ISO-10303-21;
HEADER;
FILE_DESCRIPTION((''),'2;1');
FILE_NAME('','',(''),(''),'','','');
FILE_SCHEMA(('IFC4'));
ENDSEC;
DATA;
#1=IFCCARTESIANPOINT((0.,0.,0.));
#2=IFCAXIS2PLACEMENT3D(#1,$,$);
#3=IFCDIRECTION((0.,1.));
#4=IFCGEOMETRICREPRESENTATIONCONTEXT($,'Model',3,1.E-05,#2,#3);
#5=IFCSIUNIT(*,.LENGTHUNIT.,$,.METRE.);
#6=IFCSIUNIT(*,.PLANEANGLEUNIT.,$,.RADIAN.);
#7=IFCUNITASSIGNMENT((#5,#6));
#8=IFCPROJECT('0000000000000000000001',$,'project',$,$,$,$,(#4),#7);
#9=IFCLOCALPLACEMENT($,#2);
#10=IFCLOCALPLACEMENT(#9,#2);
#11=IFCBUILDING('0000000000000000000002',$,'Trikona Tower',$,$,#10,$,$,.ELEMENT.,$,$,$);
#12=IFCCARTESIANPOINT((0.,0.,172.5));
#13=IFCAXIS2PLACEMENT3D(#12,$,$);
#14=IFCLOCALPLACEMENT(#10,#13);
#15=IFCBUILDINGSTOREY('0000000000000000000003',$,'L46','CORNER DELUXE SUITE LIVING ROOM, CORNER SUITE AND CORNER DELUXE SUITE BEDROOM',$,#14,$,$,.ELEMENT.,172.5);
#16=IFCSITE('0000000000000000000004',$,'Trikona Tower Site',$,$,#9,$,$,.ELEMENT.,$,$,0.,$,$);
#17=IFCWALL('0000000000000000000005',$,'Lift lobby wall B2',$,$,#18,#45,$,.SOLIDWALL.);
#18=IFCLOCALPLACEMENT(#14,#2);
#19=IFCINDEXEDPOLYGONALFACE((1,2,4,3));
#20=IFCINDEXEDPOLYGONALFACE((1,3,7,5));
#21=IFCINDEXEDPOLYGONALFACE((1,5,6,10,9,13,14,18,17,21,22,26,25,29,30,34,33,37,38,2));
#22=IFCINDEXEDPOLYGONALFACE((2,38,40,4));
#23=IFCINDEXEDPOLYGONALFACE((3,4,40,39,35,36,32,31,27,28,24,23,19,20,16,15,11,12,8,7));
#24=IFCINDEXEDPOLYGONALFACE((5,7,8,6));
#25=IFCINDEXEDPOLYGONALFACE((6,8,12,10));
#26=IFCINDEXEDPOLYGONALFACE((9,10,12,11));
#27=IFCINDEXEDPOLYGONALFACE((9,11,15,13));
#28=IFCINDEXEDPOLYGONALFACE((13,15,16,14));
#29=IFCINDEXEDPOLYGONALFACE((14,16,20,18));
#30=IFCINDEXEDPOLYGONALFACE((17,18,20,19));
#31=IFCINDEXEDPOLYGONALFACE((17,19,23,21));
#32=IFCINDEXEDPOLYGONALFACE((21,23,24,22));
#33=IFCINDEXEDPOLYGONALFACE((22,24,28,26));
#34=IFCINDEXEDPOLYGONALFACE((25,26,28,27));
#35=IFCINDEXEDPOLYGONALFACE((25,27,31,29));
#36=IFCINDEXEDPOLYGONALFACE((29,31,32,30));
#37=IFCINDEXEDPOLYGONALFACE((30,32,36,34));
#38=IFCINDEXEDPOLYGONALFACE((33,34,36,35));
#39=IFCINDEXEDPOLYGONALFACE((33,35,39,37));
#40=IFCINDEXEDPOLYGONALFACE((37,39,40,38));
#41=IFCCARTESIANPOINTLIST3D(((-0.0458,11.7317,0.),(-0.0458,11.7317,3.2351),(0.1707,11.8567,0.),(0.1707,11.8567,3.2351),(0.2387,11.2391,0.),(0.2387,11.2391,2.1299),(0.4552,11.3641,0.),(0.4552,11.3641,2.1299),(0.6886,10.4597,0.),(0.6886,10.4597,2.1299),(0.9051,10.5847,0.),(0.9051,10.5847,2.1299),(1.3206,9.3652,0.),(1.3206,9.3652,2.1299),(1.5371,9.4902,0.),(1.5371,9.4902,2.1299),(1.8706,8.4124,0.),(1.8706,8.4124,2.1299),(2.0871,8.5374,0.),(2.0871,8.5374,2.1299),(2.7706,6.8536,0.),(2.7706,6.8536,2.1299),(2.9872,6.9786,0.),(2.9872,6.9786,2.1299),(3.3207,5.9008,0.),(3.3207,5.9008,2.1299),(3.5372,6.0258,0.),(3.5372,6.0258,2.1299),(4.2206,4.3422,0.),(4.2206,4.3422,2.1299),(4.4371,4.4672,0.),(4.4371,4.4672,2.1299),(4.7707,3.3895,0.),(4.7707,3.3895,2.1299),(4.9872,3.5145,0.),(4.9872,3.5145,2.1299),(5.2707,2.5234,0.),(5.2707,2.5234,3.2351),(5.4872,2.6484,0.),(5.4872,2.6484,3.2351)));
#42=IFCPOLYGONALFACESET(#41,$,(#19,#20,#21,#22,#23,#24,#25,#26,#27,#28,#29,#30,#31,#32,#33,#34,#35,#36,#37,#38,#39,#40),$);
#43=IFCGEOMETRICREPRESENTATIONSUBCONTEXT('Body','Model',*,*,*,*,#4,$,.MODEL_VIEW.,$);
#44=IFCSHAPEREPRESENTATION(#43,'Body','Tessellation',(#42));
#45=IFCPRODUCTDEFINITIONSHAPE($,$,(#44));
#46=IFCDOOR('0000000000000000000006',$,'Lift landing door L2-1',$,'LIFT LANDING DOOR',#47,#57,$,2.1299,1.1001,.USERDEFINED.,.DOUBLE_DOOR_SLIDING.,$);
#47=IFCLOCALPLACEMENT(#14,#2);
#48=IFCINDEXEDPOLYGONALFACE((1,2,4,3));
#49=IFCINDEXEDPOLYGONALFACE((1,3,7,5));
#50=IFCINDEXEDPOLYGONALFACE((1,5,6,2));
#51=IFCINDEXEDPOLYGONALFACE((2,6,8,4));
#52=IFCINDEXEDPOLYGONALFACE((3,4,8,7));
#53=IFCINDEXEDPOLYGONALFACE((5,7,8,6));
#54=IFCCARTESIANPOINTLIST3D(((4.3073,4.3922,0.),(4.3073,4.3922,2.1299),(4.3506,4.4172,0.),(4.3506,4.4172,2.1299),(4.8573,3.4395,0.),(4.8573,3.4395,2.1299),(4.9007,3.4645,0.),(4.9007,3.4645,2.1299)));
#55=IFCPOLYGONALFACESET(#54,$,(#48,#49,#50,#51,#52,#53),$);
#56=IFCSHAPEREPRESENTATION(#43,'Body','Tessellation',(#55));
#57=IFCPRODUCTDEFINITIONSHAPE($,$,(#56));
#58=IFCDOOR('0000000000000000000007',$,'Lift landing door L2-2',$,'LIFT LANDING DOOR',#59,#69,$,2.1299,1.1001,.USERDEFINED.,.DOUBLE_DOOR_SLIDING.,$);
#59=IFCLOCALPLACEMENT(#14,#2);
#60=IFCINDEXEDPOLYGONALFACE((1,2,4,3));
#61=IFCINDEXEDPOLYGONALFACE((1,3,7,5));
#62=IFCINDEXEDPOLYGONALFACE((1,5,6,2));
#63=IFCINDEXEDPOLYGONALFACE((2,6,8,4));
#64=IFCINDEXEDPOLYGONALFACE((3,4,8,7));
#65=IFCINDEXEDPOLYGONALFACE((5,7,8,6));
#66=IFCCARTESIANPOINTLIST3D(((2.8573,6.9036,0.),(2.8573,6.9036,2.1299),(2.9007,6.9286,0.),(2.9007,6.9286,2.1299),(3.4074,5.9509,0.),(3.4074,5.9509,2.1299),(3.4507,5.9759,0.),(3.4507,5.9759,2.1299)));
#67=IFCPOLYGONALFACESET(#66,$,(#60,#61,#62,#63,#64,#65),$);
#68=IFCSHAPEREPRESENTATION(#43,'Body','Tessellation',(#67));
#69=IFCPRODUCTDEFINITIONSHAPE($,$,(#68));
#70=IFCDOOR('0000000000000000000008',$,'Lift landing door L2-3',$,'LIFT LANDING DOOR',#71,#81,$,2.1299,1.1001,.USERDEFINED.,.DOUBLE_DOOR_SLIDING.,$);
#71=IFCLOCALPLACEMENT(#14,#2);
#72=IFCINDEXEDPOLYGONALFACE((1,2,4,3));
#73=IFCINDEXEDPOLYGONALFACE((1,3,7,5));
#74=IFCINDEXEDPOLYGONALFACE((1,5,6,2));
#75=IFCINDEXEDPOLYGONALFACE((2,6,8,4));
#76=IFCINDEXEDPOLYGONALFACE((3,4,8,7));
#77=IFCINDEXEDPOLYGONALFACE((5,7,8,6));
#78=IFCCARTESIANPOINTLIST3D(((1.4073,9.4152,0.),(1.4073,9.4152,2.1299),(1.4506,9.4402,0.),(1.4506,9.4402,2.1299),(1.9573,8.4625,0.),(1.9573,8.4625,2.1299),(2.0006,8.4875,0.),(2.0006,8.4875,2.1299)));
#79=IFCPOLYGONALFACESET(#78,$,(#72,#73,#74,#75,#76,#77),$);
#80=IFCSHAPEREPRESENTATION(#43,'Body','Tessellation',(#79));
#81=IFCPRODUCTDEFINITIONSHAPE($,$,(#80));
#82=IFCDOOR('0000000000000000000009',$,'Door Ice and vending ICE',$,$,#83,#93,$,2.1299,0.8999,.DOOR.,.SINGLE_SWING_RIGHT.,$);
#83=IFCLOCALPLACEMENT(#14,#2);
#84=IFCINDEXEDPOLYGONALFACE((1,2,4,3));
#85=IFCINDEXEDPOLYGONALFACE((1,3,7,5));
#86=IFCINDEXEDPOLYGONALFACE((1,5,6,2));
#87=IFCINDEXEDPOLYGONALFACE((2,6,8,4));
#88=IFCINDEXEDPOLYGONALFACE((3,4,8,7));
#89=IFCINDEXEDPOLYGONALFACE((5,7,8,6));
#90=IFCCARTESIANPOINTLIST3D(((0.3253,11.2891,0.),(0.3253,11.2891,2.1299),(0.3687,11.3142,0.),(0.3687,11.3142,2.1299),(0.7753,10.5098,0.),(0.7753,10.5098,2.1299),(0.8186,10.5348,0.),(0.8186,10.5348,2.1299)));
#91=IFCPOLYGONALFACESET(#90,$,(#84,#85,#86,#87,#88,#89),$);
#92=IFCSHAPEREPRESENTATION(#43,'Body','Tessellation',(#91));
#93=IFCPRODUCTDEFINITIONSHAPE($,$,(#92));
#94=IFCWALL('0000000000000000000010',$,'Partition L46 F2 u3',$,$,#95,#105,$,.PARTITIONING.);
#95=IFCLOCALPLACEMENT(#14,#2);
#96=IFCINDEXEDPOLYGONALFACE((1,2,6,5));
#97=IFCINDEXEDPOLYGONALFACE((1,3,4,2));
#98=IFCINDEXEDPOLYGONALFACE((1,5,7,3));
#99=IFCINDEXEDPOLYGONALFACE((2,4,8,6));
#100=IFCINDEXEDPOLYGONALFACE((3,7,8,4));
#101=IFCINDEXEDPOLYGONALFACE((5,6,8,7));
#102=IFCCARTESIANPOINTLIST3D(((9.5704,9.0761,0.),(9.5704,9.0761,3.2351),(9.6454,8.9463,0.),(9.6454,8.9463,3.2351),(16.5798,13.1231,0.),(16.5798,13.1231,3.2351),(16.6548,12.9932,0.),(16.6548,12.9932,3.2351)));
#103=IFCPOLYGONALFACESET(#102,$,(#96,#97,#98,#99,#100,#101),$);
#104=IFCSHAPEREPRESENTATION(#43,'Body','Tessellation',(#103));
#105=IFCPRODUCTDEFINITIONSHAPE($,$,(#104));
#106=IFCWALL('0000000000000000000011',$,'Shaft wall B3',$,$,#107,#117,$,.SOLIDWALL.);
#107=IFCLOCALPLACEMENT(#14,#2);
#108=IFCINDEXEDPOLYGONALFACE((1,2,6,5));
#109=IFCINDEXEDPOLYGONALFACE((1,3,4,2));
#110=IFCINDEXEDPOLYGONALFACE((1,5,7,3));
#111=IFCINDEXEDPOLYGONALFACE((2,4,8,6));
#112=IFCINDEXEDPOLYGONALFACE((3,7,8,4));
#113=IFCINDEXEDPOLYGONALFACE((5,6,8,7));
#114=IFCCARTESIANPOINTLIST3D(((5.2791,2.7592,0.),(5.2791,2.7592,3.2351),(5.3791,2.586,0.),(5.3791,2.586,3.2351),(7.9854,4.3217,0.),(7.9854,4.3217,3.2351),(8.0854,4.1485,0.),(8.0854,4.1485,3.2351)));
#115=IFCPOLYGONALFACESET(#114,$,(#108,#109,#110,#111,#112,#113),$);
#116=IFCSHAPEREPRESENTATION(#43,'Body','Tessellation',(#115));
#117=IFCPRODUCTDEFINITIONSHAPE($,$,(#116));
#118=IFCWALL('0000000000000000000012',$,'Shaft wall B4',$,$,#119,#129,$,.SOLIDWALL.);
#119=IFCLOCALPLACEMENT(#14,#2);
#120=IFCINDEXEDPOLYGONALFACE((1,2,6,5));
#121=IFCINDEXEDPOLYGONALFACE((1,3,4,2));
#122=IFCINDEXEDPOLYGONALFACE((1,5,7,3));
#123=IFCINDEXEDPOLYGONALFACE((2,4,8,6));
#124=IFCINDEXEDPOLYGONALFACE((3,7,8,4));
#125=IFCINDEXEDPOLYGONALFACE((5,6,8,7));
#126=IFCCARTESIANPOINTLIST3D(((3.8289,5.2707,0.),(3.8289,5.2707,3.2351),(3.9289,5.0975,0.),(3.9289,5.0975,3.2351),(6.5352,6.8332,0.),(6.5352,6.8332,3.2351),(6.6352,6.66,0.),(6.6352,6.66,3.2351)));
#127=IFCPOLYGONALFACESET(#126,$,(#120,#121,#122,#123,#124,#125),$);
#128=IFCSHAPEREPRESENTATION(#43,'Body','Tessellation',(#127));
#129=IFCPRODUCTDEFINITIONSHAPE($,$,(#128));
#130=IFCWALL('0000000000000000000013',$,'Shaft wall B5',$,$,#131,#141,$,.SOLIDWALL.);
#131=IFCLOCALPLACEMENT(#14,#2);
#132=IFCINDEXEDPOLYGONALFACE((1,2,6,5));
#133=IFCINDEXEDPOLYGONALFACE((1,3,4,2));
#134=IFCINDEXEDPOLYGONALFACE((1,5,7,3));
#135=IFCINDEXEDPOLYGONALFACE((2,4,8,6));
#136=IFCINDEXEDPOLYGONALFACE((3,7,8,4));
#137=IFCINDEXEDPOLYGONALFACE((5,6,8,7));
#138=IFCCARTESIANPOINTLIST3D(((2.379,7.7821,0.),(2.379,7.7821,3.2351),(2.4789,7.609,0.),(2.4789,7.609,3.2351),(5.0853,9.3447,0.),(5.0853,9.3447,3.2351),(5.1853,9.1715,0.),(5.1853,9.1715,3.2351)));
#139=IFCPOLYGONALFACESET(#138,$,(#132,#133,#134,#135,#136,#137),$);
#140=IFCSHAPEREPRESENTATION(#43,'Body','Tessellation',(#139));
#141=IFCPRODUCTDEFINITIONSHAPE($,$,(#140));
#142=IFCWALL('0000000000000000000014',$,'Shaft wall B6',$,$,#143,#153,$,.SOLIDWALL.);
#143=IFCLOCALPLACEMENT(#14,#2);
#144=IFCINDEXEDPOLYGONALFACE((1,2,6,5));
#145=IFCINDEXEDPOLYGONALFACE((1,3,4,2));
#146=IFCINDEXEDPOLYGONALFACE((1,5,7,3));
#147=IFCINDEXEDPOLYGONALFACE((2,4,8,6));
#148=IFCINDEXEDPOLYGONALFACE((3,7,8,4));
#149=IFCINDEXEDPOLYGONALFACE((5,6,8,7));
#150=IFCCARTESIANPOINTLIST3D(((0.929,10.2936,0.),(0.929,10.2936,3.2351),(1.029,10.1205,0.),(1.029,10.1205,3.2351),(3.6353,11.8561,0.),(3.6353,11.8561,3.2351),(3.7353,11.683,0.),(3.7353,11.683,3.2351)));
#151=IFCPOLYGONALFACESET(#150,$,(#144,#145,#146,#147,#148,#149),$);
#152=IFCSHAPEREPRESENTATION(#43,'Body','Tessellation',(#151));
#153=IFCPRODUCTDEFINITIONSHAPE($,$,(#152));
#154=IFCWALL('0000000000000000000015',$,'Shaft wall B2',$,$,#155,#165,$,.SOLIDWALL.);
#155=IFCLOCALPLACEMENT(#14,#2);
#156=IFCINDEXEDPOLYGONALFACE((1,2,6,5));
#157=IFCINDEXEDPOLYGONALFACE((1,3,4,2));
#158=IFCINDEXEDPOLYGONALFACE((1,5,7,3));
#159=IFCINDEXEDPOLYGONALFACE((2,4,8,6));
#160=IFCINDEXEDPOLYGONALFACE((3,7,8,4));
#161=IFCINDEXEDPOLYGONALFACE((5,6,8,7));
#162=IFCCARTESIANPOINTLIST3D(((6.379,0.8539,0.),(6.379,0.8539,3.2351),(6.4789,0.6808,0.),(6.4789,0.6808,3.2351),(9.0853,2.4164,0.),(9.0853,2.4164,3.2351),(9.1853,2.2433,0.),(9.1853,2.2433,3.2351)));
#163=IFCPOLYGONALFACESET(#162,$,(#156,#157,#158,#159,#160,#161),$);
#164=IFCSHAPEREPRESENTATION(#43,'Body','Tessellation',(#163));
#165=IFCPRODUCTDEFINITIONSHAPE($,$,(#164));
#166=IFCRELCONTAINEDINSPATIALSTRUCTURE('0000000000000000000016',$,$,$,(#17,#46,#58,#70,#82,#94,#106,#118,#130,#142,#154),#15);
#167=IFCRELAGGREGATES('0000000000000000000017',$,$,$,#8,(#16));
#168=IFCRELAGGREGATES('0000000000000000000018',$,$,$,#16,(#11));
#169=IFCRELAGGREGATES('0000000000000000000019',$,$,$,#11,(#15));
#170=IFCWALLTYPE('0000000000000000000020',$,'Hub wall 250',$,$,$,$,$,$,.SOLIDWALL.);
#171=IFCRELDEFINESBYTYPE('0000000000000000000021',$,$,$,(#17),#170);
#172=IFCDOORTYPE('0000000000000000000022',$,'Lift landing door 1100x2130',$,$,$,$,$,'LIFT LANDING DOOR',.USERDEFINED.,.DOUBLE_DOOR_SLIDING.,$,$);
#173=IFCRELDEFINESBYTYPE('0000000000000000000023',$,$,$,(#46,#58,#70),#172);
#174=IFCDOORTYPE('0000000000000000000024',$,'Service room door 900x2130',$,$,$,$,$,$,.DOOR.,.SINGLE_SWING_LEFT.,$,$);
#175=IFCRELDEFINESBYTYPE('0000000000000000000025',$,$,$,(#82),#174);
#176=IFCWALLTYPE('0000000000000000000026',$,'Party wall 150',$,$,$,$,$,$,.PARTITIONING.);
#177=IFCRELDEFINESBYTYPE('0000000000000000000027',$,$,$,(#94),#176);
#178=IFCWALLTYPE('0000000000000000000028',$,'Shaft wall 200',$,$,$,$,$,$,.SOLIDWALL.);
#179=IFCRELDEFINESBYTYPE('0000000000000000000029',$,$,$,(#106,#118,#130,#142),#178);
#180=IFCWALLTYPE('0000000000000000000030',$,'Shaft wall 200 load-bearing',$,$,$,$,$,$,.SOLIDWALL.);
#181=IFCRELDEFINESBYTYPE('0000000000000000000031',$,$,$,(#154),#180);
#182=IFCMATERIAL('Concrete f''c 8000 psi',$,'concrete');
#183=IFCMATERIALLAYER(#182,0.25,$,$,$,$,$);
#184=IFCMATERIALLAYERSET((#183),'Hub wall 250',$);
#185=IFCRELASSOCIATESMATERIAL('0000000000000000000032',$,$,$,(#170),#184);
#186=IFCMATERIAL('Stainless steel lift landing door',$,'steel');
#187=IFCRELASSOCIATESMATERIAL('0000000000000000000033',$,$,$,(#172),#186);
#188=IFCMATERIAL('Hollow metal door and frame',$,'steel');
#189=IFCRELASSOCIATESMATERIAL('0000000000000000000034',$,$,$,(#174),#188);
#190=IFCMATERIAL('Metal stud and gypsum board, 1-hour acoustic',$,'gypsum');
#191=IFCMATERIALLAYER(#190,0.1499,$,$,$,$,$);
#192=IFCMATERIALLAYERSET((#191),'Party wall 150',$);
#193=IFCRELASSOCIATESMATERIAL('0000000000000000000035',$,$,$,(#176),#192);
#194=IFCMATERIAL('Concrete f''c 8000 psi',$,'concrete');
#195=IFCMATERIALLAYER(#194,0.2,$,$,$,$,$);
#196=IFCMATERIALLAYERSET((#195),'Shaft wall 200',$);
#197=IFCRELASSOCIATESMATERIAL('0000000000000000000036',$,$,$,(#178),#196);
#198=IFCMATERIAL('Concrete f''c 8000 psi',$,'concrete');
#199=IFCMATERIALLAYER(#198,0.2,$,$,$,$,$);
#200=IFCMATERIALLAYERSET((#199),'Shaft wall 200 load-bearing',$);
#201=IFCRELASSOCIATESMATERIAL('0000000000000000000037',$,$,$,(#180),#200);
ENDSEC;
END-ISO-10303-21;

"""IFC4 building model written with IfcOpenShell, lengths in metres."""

from ifc_helpers import new_model, si_unit, direction, frame, frame_2d, origin, place, context, subcontext, project, spatial, rectangle, extrude, material, layer, layer_set, type_object, element, fill, save


model = new_model("IFC4")

# Units and contexts
model_context = context("Model", 3, precision=1e-05, world=origin(), true_north=direction((0.0, 1.0)))
body_context = subcontext(model_context, "Body", "Model", "MODEL_VIEW")
ifc_project = project(units=[si_unit("LENGTHUNIT", "METRE"), si_unit("PLANEANGLEUNIT", "RADIAN")], contexts=[model_context])

# Site, building, storey
site_placement = place(None, origin())
site = spatial("IfcSite", under=ifc_project, at=site_placement, Name="Trikona Tower Site", CompositionType="ELEMENT", RefElevation=0.0)
building_placement = place(site_placement, origin())
building = spatial("IfcBuilding", under=site, at=building_placement, Name="Trikona Tower", CompositionType="ELEMENT")
storey_placement = place(building_placement, frame((0.0, 0.0, 172.5)))
storey = spatial("IfcBuildingStorey", under=building, at=storey_placement, Name="L46", Description="CORNER DELUXE SUITE LIVING ROOM, CORNER SUITE AND CORNER DELUXE SUITE BEDROOM", CompositionType="ELEMENT", Elevation=172.5)

# Wall, openings, doors
ifc_material_1 = material(Name="Concrete f'c 8000 psi", Category="concrete")
ifc_layer_1 = layer(ifc_material_1, 0.25)
ifc_layer_set_1 = layer_set([ifc_layer_1], Name="Hub wall 250")
wall_type_1 = type_object("IfcWallType", Name="Hub wall 250", PredefinedType="SOLIDWALL", material=ifc_layer_set_1)
wall_1_placement = place(storey_placement, frame((5.3789, 2.5859, 0.0), z_axis=(0.0, 0.0, 1.0), x_axis=(-0.500001, 0.866025, 0.0)))
wall_1 = element("IfcWall", 1, at=wall_1_placement, inside=storey, type_object=wall_type_1, Name="Lift lobby wall B2", PredefinedType="SOLIDWALL", context=body_context, shape_type="SweptSolid", body=[
    extrude(rectangle(XDim=10.6328, YDim=0.25, at=frame_2d((5.3164, 0.0))), origin(), (0.0, 0.0, 1.0), 3.2351),
])
opening_1_placement = place(wall_1_placement, frame((9.1641, 0.0, 0.0)))
opening_1 = element("IfcOpeningElement", 2, at=opening_1_placement, cuts=wall_1, PredefinedType="OPENING", context=body_context, shape_type="SweptSolid", body=[
    extrude(rectangle(XDim=0.8999, YDim=2.1299, at=frame_2d((0.45, 1.0649))), frame((0.0, 0.135, 0.0), z_axis=(0.0, -1.0, 0.0), x_axis=(1.0, 0.0, 0.0)), (0.0, 0.0, 1.0), 0.27),
])
opening_2_placement = place(wall_1_placement, frame((1.0, 0.0, 0.0)))
opening_2 = element("IfcOpeningElement", 3, at=opening_2_placement, cuts=wall_1, PredefinedType="OPENING", context=body_context, shape_type="SweptSolid", body=[
    extrude(rectangle(XDim=1.1001, YDim=2.1299, at=frame_2d((0.55, 1.0649))), frame((0.0, 0.135, 0.0), z_axis=(0.0, -1.0, 0.0), x_axis=(1.0, 0.0, 0.0)), (0.0, 0.0, 1.0), 0.27),
])
opening_3_placement = place(wall_1_placement, frame((3.8999, 0.0, 0.0)))
opening_3 = element("IfcOpeningElement", 4, at=opening_3_placement, cuts=wall_1, PredefinedType="OPENING", context=body_context, shape_type="SweptSolid", body=[
    extrude(rectangle(XDim=1.1001, YDim=2.1299, at=frame_2d((0.55, 1.0649))), frame((0.0, 0.135, 0.0), z_axis=(0.0, -1.0, 0.0), x_axis=(1.0, 0.0, 0.0)), (0.0, 0.0, 1.0), 0.27),
])
opening_4_placement = place(wall_1_placement, frame((6.8, 0.0, 0.0)))
opening_4 = element("IfcOpeningElement", 5, at=opening_4_placement, cuts=wall_1, PredefinedType="OPENING", context=body_context, shape_type="SweptSolid", body=[
    extrude(rectangle(XDim=1.1001, YDim=2.1299, at=frame_2d((0.55, 1.0649))), frame((0.0, 0.135, 0.0), z_axis=(0.0, -1.0, 0.0), x_axis=(1.0, 0.0, 0.0)), (0.0, 0.0, 1.0), 0.27),
])
ifc_material_2 = material(Name="Stainless steel lift landing door", Category="steel")
door_type_1 = type_object("IfcDoorType", Name="Lift landing door 1100x2130", ElementType="LIFT LANDING DOOR", OperationType="DOUBLE_DOOR_SLIDING", PredefinedType="USERDEFINED", material=ifc_material_2)
door_1_placement = place(opening_2_placement, origin())
door_1 = element("IfcDoor", 6, at=door_1_placement, inside=storey, type_object=door_type_1, Name="Lift landing door L2-1", ObjectType="LIFT LANDING DOOR", OperationType="DOUBLE_DOOR_SLIDING", OverallHeight=2.1299, OverallWidth=1.1001, PredefinedType="USERDEFINED", context=body_context, shape_type="SweptSolid", body=[
    extrude(rectangle(XDim=1.1001, YDim=2.1299, at=frame_2d((0.55, 1.0649))), frame((0.0, 0.0249, 0.0), z_axis=(0.0, -1.0, 0.0), x_axis=(1.0, 0.0, 0.0)), (0.0, 0.0, 1.0), 0.05),
])
fill(opening_2, door_1)
door_2_placement = place(opening_3_placement, origin())
door_2 = element("IfcDoor", 7, at=door_2_placement, inside=storey, type_object=door_type_1, Name="Lift landing door L2-2", ObjectType="LIFT LANDING DOOR", OperationType="DOUBLE_DOOR_SLIDING", OverallHeight=2.1299, OverallWidth=1.1001, PredefinedType="USERDEFINED", context=body_context, shape_type="SweptSolid", body=[
    extrude(rectangle(XDim=1.1001, YDim=2.1299, at=frame_2d((0.55, 1.0649))), frame((0.0, 0.0249, 0.0), z_axis=(0.0, -1.0, 0.0), x_axis=(1.0, 0.0, 0.0)), (0.0, 0.0, 1.0), 0.05),
])
fill(opening_3, door_2)
door_3_placement = place(opening_4_placement, origin())
door_3 = element("IfcDoor", 8, at=door_3_placement, inside=storey, type_object=door_type_1, Name="Lift landing door L2-3", ObjectType="LIFT LANDING DOOR", OperationType="DOUBLE_DOOR_SLIDING", OverallHeight=2.1299, OverallWidth=1.1001, PredefinedType="USERDEFINED", context=body_context, shape_type="SweptSolid", body=[
    extrude(rectangle(XDim=1.1001, YDim=2.1299, at=frame_2d((0.55, 1.0649))), frame((0.0, 0.0249, 0.0), z_axis=(0.0, -1.0, 0.0), x_axis=(1.0, 0.0, 0.0)), (0.0, 0.0, 1.0), 0.05),
])
fill(opening_4, door_3)
ifc_material_3 = material(Name="Hollow metal door and frame", Category="steel")
door_type_2 = type_object("IfcDoorType", Name="Service room door 900x2130", OperationType="SINGLE_SWING_LEFT", PredefinedType="DOOR", material=ifc_material_3)
door_4_placement = place(opening_1_placement, origin())
door_4 = element("IfcDoor", 9, at=door_4_placement, inside=storey, type_object=door_type_2, Name="Door Ice and vending ICE", OperationType="SINGLE_SWING_RIGHT", OverallHeight=2.1299, OverallWidth=0.8999, PredefinedType="DOOR", context=body_context, shape_type="SweptSolid", body=[
    extrude(rectangle(XDim=0.8999, YDim=2.1299, at=frame_2d((0.45, 1.0649))), frame((0.0, 0.0249, 0.0), z_axis=(0.0, -1.0, 0.0), x_axis=(1.0, 0.0, 0.0)), (0.0, 0.0, 1.0), 0.05),
])
fill(opening_1, door_4)

# Walls
ifc_material_4 = material(Name="Metal stud and gypsum board, 1-hour acoustic", Category="gypsum")
ifc_layer_2 = layer(ifc_material_4, 0.1499)
ifc_layer_set_2 = layer_set([ifc_layer_2], Name="Party wall 150")
wall_type_2 = type_object("IfcWallType", Name="Party wall 150", PredefinedType="PARTITIONING", material=ifc_layer_set_2)
wall_2_placement = place(storey_placement, frame((9.6079, 9.0112, 0.0), z_axis=(0.0, 0.0, 1.0), x_axis=(0.866022, 0.500006, 0.0)))
element("IfcWall", 10, at=wall_2_placement, inside=storey, type_object=wall_type_2, Name="Partition L46 F2 u3", PredefinedType="PARTITIONING", context=body_context, shape_type="SweptSolid", body=[
    extrude(rectangle(XDim=8.0938, YDim=0.1499, at=frame_2d((4.0469, 0.0))), origin(), (0.0, 0.0, 1.0), 3.2351),
])
ifc_material_5 = material(Name="Concrete f'c 8000 psi", Category="concrete")
ifc_layer_3 = layer(ifc_material_5, 0.2)
ifc_layer_set_3 = layer_set([ifc_layer_3], Name="Shaft wall 200")
wall_type_3 = type_object("IfcWallType", Name="Shaft wall 200", PredefinedType="SOLIDWALL", material=ifc_layer_set_3)
for number, where, z_axis, x_axis, name in (
    (11, (5.3291, 2.6726, 0.0), (0.0, 0.0, 1.0), (0.866023, 0.500004, 0.0), "Shaft wall B3"),
    (12, (3.8789, 5.1841, 0.0), (0.0, 0.0, 1.0), (0.866023, 0.500004, 0.0), "Shaft wall B4"),
    (13, (2.429, 7.6956, 0.0), (0.0, 0.0, 1.0), (0.866023, 0.500004, 0.0), "Shaft wall B5"),
    (14, (0.979, 10.207, 0.0), (0.0, 0.0, 1.0), (0.866023, 0.500004, 0.0), "Shaft wall B6"),
):
    element("IfcWall", number, at=place(storey_placement, frame(where, z_axis=z_axis, x_axis=x_axis)), inside=storey, type_object=wall_type_3, Name=name, PredefinedType="SOLIDWALL", context=body_context, shape_type="SweptSolid", body=[
        extrude(rectangle(XDim=3.125, YDim=0.2, at=frame_2d((1.5625, 0.0))), origin(), (0.0, 0.0, 1.0), 3.2351),
    ])
ifc_material_6 = material(Name="Concrete f'c 8000 psi", Category="concrete")
ifc_layer_4 = layer(ifc_material_6, 0.2)
ifc_layer_set_4 = layer_set([ifc_layer_4], Name="Shaft wall 200 load-bearing")
wall_type_4 = type_object("IfcWallType", Name="Shaft wall 200 load-bearing", PredefinedType="SOLIDWALL", material=ifc_layer_set_4)
wall_3_placement = place(storey_placement, frame((6.429, 0.7673, 0.0), z_axis=(0.0, 0.0, 1.0), x_axis=(0.866023, 0.500004, 0.0)))
element("IfcWall", 15, at=wall_3_placement, inside=storey, type_object=wall_type_4, Name="Shaft wall B2", PredefinedType="SOLIDWALL", context=body_context, shape_type="SweptSolid", body=[
    extrude(rectangle(XDim=3.125, YDim=0.2, at=frame_2d((1.5625, 0.0))), origin(), (0.0, 0.0, 1.0), 3.2351),
])

save(model, "model.ifc")
